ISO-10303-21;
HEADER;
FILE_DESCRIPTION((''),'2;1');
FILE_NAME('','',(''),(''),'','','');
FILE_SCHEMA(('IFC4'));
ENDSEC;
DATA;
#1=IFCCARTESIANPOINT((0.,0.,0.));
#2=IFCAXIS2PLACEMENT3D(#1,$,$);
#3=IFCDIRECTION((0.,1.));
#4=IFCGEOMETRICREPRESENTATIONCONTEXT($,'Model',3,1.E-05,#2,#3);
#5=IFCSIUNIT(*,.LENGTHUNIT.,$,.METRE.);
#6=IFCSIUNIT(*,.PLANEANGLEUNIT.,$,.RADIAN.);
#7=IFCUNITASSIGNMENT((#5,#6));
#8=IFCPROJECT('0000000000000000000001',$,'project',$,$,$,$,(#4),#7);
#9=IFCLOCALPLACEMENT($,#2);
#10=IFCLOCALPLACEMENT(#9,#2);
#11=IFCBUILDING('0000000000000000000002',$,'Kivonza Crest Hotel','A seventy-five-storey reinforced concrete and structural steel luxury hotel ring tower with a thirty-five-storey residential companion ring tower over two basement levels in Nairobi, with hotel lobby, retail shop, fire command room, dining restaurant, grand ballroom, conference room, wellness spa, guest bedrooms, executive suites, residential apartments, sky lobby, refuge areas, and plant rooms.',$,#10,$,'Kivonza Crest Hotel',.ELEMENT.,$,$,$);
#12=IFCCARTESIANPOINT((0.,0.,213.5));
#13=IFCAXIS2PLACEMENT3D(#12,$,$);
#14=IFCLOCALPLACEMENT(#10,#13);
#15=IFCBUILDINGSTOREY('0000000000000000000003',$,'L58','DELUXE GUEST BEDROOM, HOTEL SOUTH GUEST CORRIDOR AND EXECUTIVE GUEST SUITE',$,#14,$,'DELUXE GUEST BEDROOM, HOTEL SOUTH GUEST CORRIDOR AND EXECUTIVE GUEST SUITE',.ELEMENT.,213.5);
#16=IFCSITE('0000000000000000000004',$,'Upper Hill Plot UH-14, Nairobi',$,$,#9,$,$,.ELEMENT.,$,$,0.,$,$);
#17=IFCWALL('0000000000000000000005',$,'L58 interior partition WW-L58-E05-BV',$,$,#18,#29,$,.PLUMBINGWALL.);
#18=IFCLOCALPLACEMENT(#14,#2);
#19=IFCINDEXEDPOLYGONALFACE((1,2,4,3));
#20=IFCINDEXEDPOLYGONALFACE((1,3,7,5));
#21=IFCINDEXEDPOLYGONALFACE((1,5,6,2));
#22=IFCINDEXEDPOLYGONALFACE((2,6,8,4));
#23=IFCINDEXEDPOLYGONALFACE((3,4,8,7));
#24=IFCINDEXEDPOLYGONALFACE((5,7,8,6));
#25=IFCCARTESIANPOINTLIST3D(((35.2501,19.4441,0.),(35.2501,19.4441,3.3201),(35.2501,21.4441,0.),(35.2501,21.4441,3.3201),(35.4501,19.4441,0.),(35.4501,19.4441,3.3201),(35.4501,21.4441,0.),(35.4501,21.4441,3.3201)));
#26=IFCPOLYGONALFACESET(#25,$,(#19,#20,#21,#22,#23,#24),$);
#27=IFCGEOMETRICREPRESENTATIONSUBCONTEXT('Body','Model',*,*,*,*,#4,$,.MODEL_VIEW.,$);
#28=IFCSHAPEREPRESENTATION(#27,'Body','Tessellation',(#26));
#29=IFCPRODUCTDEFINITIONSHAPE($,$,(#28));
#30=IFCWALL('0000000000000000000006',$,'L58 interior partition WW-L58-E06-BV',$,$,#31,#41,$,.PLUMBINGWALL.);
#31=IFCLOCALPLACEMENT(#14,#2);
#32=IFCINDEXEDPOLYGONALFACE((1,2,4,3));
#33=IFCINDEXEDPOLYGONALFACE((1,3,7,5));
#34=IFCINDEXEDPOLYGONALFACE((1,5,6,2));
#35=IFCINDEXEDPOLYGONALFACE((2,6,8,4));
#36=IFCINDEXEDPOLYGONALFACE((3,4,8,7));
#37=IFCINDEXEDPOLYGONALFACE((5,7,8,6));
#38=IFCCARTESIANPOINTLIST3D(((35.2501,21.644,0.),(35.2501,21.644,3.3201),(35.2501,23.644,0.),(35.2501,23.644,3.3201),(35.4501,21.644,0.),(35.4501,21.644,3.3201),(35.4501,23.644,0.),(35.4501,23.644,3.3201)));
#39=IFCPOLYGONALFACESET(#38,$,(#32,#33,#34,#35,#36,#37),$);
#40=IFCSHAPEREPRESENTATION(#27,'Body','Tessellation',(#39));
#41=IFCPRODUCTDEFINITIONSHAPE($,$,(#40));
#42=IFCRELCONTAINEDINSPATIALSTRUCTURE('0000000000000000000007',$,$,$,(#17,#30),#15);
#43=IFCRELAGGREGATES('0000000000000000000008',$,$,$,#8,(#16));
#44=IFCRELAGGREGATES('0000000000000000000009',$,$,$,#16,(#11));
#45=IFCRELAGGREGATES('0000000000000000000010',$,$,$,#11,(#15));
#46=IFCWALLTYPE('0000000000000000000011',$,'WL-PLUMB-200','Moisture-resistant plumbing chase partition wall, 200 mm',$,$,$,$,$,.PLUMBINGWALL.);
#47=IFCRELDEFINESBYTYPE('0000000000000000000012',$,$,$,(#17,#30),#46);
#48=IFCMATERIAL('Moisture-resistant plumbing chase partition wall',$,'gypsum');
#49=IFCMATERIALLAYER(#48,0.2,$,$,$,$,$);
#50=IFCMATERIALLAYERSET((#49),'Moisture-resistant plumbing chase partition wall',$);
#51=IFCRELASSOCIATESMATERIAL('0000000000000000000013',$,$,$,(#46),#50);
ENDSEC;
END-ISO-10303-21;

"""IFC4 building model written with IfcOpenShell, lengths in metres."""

from ifc_helpers import new_model, si_unit, direction, frame, frame_2d, origin, place, context, subcontext, project, spatial, rectangle, extrude, material, layer, layer_set, type_object, element, save


model = new_model("IFC4")

# Units and contexts
model_context = context("Model", 3, precision=1e-05, world=origin(), true_north=direction((0.0, 1.0)))
body_context = subcontext(model_context, "Body", "Model", "MODEL_VIEW")
ifc_project = project(units=[si_unit("LENGTHUNIT", "METRE"), si_unit("PLANEANGLEUNIT", "RADIAN")], contexts=[model_context])

# Site, building, storey
site_placement = place(None, origin())
site = spatial("IfcSite", under=ifc_project, at=site_placement, Name="Upper Hill Plot UH-14, Nairobi", CompositionType="ELEMENT", RefElevation=0.0)
building_placement = place(site_placement, origin())
building = spatial("IfcBuilding", under=site, at=building_placement, Name="Kivonza Crest Hotel", Description="A seventy-five-storey reinforced concrete and structural steel luxury hotel ring tower with a thirty-five-storey residential companion ring tower over two basement levels in Nairobi, with hotel lobby, retail shop, fire command room, dining restaurant, grand ballroom, conference room, wellness spa, guest bedrooms, executive suites, residential apartments, sky lobby, refuge areas, and plant rooms.", LongName="Kivonza Crest Hotel", CompositionType="ELEMENT")
storey_placement = place(building_placement, frame((0.0, 0.0, 213.5)))
storey = spatial("IfcBuildingStorey", under=building, at=storey_placement, Name="L58", Description="DELUXE GUEST BEDROOM, HOTEL SOUTH GUEST CORRIDOR AND EXECUTIVE GUEST SUITE", LongName="DELUXE GUEST BEDROOM, HOTEL SOUTH GUEST CORRIDOR AND EXECUTIVE GUEST SUITE", CompositionType="ELEMENT", Elevation=213.5)

# Shared definitions
ifc_material_1 = material(Name="Moisture-resistant plumbing chase partition wall", Category="gypsum")
ifc_layer_1 = layer(ifc_material_1, 0.2)
ifc_layer_set_1 = layer_set([ifc_layer_1], Name="Moisture-resistant plumbing chase partition wall")
wall_type_1 = type_object("IfcWallType", Name="WL-PLUMB-200", Description="Moisture-resistant plumbing chase partition wall, 200 mm", PredefinedType="PLUMBINGWALL", material=ifc_layer_set_1)

# Walls
for number, where, z_axis, x_axis, name in (
    (1, (35.3501, 19.4441, 0.0), (0.0, 0.0, 1.0), (0.0, 1.0, 0.0), "L58 interior partition WW-L58-E05-BV"),
    (2, (35.3501, 21.644, 0.0), (0.0, 0.0, 1.0), (0.0, 1.0, 0.0), "L58 interior partition WW-L58-E06-BV"),
):
    element("IfcWall", number, at=place(storey_placement, frame(where, z_axis=z_axis, x_axis=x_axis)), inside=storey, type_object=wall_type_1, Name=name, PredefinedType="PLUMBINGWALL", context=body_context, shape_type="SweptSolid", body=[
        extrude(rectangle(XDim=2.0, YDim=0.2, at=frame_2d((1.0, 0.0))), origin(), (0.0, 0.0, 1.0), 3.3201),
    ])

save(model, "model.ifc")
